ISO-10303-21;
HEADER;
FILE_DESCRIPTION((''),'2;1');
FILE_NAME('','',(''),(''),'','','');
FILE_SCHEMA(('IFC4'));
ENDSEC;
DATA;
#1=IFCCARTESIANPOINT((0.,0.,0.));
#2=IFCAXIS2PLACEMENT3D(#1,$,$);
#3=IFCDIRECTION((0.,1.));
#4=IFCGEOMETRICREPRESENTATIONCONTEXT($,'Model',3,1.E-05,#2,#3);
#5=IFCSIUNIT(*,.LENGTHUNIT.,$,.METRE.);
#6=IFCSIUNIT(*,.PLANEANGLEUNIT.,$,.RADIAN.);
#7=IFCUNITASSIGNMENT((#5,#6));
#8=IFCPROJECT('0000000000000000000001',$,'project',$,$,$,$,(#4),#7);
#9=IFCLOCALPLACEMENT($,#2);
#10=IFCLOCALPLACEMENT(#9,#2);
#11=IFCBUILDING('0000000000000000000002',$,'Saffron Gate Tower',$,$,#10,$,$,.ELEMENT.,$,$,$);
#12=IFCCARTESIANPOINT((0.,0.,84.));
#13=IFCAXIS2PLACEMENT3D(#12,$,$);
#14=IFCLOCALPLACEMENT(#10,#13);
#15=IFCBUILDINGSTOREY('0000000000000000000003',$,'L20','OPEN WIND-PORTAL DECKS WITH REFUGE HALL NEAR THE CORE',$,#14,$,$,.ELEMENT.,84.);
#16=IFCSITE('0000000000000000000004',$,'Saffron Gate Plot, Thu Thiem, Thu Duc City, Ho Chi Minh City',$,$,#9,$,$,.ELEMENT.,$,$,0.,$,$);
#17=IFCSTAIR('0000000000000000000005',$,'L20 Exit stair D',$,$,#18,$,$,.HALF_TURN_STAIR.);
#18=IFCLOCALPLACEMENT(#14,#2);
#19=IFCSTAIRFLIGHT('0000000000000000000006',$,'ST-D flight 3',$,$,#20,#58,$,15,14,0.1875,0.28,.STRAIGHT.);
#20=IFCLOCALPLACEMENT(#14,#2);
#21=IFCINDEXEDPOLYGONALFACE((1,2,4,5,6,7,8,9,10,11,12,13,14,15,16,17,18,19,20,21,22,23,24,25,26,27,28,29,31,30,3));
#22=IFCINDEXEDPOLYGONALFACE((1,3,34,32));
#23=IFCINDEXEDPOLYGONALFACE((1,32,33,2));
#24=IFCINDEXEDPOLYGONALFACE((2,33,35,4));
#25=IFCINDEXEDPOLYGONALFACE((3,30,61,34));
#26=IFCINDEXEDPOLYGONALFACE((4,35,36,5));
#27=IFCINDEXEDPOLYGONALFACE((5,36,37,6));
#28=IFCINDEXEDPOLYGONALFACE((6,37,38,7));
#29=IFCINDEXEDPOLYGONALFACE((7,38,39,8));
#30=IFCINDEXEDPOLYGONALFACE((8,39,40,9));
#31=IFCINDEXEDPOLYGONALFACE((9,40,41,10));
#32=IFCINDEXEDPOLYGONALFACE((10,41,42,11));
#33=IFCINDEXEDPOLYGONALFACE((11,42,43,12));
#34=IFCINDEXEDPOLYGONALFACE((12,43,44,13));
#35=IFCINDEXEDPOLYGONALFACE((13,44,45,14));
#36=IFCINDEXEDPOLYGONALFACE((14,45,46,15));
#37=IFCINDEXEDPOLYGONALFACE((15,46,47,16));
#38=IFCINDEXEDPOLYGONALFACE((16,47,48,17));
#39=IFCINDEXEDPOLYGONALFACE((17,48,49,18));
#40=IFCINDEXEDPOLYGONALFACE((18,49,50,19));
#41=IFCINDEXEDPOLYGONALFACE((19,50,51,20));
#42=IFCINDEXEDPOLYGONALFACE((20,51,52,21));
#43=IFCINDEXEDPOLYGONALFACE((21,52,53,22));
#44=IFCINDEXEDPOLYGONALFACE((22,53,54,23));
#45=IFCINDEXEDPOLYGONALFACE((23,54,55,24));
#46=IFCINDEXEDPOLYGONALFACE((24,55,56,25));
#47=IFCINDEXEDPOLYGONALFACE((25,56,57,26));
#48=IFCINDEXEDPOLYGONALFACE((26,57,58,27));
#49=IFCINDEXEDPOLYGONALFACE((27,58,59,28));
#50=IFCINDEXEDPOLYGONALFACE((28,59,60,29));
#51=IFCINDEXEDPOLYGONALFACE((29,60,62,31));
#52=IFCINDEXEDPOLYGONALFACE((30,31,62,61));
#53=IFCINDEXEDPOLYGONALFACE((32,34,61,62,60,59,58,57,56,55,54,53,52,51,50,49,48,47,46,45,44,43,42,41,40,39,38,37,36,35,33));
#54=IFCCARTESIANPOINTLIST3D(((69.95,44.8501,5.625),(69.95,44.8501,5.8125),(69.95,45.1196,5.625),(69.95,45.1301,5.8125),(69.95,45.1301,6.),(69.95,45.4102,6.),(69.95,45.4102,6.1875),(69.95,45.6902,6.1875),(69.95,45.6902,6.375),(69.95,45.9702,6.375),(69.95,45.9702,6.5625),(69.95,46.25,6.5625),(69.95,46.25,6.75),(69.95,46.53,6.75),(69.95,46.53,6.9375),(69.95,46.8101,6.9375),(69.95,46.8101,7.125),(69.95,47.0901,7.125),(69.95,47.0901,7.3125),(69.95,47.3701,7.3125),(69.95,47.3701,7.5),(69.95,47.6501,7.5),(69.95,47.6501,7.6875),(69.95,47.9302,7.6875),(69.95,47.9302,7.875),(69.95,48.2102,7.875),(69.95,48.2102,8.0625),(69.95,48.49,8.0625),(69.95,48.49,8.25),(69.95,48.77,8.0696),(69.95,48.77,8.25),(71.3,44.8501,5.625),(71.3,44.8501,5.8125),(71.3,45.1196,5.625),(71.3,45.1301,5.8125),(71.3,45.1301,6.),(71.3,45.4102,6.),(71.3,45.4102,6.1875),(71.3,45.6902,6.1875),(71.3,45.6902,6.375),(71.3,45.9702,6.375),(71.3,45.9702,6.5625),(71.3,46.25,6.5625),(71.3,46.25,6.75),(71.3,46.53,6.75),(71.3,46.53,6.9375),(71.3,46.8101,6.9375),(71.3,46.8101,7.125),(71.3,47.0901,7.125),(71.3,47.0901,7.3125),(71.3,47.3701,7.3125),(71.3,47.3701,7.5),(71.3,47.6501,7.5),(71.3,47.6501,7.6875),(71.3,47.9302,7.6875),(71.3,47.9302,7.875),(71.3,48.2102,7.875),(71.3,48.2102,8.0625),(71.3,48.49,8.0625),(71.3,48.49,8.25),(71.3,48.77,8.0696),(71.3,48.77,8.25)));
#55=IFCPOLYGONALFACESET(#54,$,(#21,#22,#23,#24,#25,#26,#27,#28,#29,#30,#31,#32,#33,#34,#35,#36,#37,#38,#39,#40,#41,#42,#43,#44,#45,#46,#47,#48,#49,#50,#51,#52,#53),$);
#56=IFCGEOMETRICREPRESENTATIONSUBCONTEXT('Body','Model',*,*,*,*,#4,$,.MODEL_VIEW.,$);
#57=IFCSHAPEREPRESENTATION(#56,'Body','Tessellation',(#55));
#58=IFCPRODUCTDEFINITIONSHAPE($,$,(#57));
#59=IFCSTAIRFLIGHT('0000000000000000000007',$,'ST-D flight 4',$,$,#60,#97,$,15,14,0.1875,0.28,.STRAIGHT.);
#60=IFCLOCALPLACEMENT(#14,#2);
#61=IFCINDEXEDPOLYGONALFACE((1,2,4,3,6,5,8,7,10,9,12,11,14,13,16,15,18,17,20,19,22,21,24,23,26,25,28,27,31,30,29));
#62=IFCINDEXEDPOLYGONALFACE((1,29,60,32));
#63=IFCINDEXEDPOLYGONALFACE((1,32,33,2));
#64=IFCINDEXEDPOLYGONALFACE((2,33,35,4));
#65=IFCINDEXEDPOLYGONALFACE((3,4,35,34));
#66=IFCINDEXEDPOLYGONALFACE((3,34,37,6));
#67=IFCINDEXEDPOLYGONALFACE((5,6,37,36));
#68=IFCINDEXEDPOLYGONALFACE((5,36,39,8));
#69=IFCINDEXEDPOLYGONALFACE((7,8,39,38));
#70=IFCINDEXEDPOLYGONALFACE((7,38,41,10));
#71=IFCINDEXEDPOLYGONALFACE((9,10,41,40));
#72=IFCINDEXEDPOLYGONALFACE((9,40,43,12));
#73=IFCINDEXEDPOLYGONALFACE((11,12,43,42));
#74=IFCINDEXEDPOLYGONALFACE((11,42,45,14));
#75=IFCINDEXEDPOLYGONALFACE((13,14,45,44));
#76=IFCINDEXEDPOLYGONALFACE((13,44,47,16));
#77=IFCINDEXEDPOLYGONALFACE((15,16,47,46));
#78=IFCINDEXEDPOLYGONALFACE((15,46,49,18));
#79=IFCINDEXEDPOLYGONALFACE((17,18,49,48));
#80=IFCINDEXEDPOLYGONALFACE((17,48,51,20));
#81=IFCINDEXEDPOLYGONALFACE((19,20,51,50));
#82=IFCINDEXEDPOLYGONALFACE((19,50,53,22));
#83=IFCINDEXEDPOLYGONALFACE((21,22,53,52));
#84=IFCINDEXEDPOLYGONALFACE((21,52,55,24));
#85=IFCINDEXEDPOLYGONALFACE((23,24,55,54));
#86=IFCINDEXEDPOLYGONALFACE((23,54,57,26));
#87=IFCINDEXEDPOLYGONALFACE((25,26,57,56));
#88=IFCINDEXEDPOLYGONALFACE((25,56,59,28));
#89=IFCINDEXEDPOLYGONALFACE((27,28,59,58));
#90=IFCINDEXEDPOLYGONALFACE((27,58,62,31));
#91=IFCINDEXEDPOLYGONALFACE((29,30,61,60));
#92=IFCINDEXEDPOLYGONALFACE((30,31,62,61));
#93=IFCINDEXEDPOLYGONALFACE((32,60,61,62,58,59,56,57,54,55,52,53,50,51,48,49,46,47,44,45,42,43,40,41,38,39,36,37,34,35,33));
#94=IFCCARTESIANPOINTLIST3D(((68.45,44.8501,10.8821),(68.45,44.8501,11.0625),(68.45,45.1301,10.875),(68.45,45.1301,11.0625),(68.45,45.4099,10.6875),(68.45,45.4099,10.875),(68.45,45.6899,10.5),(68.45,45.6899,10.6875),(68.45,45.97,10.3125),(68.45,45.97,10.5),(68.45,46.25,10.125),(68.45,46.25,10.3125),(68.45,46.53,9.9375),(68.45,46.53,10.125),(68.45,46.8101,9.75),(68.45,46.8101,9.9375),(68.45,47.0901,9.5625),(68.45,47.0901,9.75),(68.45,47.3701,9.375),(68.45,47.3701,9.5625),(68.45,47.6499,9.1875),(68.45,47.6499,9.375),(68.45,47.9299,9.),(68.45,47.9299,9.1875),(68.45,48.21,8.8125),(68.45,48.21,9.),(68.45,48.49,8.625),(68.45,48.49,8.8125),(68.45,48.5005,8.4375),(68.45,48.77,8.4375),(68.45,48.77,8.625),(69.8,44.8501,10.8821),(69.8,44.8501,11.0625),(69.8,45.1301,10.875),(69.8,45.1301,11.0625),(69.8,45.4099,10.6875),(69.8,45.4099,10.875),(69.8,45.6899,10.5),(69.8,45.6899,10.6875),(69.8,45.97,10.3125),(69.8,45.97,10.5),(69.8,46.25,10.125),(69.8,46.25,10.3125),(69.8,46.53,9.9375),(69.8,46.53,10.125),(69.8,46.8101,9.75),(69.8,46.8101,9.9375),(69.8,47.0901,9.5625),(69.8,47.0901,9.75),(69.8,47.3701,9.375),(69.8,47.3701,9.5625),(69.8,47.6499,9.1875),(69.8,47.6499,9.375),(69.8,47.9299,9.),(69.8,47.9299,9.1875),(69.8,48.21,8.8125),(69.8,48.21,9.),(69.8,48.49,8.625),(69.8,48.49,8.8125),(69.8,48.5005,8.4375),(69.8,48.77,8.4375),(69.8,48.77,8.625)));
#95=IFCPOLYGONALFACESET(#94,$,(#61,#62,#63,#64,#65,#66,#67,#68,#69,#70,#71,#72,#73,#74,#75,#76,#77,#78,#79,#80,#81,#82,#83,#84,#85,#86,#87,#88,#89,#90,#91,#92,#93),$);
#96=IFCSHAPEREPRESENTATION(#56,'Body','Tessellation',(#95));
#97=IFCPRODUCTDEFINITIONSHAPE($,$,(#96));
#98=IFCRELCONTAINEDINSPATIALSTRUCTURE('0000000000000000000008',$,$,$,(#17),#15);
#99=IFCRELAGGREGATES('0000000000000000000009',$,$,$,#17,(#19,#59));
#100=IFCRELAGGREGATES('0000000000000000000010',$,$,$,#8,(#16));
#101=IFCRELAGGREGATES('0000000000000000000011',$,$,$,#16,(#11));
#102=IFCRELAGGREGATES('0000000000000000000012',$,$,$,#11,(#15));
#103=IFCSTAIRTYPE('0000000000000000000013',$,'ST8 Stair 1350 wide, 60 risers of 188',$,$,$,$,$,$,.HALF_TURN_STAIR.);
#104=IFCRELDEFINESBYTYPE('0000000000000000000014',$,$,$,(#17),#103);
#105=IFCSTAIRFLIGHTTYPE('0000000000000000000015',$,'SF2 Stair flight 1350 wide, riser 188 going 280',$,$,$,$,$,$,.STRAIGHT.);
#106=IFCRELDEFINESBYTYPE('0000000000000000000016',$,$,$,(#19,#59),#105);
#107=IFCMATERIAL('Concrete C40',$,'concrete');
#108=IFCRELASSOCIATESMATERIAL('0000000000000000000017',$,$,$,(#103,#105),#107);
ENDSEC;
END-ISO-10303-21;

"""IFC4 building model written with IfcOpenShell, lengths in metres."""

from ifc_helpers import new_model, si_unit, direction, frame, origin, place, context, subcontext, project, spatial, polyline, outline, extrude, material, type_object, element, aggregate, save


model = new_model("IFC4")

# Units and contexts
model_context = context("Model", 3, precision=1e-05, world=origin(), true_north=direction((0.0, 1.0)))
body_context = subcontext(model_context, "Body", "Model", "MODEL_VIEW")
ifc_project = project(units=[si_unit("LENGTHUNIT", "METRE"), si_unit("PLANEANGLEUNIT", "RADIAN")], contexts=[model_context])

# Site, building, storey
site_placement = place(None, origin())
site = spatial("IfcSite", under=ifc_project, at=site_placement, Name="Saffron Gate Plot, Thu Thiem, Thu Duc City, Ho Chi Minh City", CompositionType="ELEMENT", RefElevation=0.0)
building_placement = place(site_placement, origin())
building = spatial("IfcBuilding", under=site, at=building_placement, Name="Saffron Gate Tower", CompositionType="ELEMENT")
storey_placement = place(building_placement, frame((0.0, 0.0, 84.0)))
storey = spatial("IfcBuildingStorey", under=building, at=storey_placement, Name="L20", Description="OPEN WIND-PORTAL DECKS WITH REFUGE HALL NEAR THE CORE", CompositionType="ELEMENT", Elevation=84.0)

# Stair, stair flights
ifc_material_1 = material(Name="Concrete C40", Category="concrete")
stair_type = type_object("IfcStairType", Name="ST8 Stair 1350 wide, 60 risers of 188", PredefinedType="HALF_TURN_STAIR", material=ifc_material_1)
stair_placement = place(storey_placement, origin())
stair = element("IfcStair", 1, at=stair_placement, inside=storey, type_object=stair_type, Name="L20 Exit stair D", PredefinedType="HALF_TURN_STAIR")
stair_flight_type = type_object("IfcStairFlightType", Name="SF2 Stair flight 1350 wide, riser 188 going 280", PredefinedType="STRAIGHT", material=ifc_material_1)
stair_flight_1_placement = place(storey_placement, frame((70.625, 44.8501, 5.625), z_axis=(0.0, 0.0, 1.0), x_axis=(0.0, 1.0, 0.0)))
stair_flight_1 = element("IfcStairFlight", 2, at=stair_flight_1_placement, type_object=stair_flight_type, Name="ST-D flight 3", NumberOfRisers=15, NumberOfTreads=14, PredefinedType="STRAIGHT", RiserHeight=0.1875, TreadLength=0.28, context=body_context, shape_type="SweptSolid", body=[
    extrude(outline(polyline([(0.0, 0.0), (0.0, 0.1875), (0.28, 0.1875), (0.28, 0.375), (0.5601, 0.375), (0.5601, 0.5625), (0.8401, 0.5625), (0.8401, 0.75), (1.1201, 0.75), (1.1201, 0.9375), (1.3999, 0.9375), (1.3999, 1.125), (1.6799, 1.125), (1.6799, 1.3125), (1.96, 1.3125), (1.96, 1.5), (2.24, 1.5), (2.24, 1.6875), (2.52, 1.6875), (2.52, 1.875), (2.8, 1.875), (2.8, 2.0625), (3.0801, 2.0625), (3.0801, 2.25), (3.3601, 2.25), (3.3601, 2.4375), (3.6399, 2.4375), (3.6399, 2.625), (3.9199, 2.625), (3.9199, 2.8125), (3.9199, 2.4446), (0.2695, 0.0), (0.0, 0.0)])), frame((0.0, 0.675, 0.0), z_axis=(0.0, -1.0, 0.0), x_axis=(1.0, 0.0, 0.0)), (0.0, 0.0, 1.0), 1.3501),
])
stair_flight_2_placement = place(storey_placement, frame((69.125, 48.77, 8.4375), z_axis=(0.0, 0.0, 1.0), x_axis=(0.0, -1.0, 0.0)))
stair_flight_2 = element("IfcStairFlight", 3, at=stair_flight_2_placement, type_object=stair_flight_type, Name="ST-D flight 4", NumberOfRisers=15, NumberOfTreads=14, PredefinedType="STRAIGHT", RiserHeight=0.1875, TreadLength=0.28, context=body_context, shape_type="SweptSolid", body=[
    extrude(outline(polyline([(0.0, 0.0), (0.0, 0.1875), (0.28, 0.1875), (0.28, 0.375), (0.5601, 0.375), (0.5601, 0.5625), (0.8401, 0.5625), (0.8401, 0.75), (1.1201, 0.75), (1.1201, 0.9375), (1.3999, 0.9375), (1.3999, 1.125), (1.6799, 1.125), (1.6799, 1.3125), (1.96, 1.3125), (1.96, 1.5), (2.24, 1.5), (2.24, 1.6875), (2.52, 1.6875), (2.52, 1.875), (2.8, 1.875), (2.8, 2.0625), (3.0801, 2.0625), (3.0801, 2.25), (3.3601, 2.25), (3.3601, 2.4375), (3.6399, 2.4375), (3.6399, 2.625), (3.9199, 2.625), (3.9199, 2.8125), (3.9199, 2.4446), (0.2695, 0.0), (0.0, 0.0)])), frame((0.0, 0.675, 0.0), z_axis=(0.0, -1.0, 0.0), x_axis=(1.0, 0.0, 0.0)), (0.0, 0.0, 1.0), 1.3501),
])
aggregate(stair, [stair_flight_1, stair_flight_2])

save(model, "model.ifc")
